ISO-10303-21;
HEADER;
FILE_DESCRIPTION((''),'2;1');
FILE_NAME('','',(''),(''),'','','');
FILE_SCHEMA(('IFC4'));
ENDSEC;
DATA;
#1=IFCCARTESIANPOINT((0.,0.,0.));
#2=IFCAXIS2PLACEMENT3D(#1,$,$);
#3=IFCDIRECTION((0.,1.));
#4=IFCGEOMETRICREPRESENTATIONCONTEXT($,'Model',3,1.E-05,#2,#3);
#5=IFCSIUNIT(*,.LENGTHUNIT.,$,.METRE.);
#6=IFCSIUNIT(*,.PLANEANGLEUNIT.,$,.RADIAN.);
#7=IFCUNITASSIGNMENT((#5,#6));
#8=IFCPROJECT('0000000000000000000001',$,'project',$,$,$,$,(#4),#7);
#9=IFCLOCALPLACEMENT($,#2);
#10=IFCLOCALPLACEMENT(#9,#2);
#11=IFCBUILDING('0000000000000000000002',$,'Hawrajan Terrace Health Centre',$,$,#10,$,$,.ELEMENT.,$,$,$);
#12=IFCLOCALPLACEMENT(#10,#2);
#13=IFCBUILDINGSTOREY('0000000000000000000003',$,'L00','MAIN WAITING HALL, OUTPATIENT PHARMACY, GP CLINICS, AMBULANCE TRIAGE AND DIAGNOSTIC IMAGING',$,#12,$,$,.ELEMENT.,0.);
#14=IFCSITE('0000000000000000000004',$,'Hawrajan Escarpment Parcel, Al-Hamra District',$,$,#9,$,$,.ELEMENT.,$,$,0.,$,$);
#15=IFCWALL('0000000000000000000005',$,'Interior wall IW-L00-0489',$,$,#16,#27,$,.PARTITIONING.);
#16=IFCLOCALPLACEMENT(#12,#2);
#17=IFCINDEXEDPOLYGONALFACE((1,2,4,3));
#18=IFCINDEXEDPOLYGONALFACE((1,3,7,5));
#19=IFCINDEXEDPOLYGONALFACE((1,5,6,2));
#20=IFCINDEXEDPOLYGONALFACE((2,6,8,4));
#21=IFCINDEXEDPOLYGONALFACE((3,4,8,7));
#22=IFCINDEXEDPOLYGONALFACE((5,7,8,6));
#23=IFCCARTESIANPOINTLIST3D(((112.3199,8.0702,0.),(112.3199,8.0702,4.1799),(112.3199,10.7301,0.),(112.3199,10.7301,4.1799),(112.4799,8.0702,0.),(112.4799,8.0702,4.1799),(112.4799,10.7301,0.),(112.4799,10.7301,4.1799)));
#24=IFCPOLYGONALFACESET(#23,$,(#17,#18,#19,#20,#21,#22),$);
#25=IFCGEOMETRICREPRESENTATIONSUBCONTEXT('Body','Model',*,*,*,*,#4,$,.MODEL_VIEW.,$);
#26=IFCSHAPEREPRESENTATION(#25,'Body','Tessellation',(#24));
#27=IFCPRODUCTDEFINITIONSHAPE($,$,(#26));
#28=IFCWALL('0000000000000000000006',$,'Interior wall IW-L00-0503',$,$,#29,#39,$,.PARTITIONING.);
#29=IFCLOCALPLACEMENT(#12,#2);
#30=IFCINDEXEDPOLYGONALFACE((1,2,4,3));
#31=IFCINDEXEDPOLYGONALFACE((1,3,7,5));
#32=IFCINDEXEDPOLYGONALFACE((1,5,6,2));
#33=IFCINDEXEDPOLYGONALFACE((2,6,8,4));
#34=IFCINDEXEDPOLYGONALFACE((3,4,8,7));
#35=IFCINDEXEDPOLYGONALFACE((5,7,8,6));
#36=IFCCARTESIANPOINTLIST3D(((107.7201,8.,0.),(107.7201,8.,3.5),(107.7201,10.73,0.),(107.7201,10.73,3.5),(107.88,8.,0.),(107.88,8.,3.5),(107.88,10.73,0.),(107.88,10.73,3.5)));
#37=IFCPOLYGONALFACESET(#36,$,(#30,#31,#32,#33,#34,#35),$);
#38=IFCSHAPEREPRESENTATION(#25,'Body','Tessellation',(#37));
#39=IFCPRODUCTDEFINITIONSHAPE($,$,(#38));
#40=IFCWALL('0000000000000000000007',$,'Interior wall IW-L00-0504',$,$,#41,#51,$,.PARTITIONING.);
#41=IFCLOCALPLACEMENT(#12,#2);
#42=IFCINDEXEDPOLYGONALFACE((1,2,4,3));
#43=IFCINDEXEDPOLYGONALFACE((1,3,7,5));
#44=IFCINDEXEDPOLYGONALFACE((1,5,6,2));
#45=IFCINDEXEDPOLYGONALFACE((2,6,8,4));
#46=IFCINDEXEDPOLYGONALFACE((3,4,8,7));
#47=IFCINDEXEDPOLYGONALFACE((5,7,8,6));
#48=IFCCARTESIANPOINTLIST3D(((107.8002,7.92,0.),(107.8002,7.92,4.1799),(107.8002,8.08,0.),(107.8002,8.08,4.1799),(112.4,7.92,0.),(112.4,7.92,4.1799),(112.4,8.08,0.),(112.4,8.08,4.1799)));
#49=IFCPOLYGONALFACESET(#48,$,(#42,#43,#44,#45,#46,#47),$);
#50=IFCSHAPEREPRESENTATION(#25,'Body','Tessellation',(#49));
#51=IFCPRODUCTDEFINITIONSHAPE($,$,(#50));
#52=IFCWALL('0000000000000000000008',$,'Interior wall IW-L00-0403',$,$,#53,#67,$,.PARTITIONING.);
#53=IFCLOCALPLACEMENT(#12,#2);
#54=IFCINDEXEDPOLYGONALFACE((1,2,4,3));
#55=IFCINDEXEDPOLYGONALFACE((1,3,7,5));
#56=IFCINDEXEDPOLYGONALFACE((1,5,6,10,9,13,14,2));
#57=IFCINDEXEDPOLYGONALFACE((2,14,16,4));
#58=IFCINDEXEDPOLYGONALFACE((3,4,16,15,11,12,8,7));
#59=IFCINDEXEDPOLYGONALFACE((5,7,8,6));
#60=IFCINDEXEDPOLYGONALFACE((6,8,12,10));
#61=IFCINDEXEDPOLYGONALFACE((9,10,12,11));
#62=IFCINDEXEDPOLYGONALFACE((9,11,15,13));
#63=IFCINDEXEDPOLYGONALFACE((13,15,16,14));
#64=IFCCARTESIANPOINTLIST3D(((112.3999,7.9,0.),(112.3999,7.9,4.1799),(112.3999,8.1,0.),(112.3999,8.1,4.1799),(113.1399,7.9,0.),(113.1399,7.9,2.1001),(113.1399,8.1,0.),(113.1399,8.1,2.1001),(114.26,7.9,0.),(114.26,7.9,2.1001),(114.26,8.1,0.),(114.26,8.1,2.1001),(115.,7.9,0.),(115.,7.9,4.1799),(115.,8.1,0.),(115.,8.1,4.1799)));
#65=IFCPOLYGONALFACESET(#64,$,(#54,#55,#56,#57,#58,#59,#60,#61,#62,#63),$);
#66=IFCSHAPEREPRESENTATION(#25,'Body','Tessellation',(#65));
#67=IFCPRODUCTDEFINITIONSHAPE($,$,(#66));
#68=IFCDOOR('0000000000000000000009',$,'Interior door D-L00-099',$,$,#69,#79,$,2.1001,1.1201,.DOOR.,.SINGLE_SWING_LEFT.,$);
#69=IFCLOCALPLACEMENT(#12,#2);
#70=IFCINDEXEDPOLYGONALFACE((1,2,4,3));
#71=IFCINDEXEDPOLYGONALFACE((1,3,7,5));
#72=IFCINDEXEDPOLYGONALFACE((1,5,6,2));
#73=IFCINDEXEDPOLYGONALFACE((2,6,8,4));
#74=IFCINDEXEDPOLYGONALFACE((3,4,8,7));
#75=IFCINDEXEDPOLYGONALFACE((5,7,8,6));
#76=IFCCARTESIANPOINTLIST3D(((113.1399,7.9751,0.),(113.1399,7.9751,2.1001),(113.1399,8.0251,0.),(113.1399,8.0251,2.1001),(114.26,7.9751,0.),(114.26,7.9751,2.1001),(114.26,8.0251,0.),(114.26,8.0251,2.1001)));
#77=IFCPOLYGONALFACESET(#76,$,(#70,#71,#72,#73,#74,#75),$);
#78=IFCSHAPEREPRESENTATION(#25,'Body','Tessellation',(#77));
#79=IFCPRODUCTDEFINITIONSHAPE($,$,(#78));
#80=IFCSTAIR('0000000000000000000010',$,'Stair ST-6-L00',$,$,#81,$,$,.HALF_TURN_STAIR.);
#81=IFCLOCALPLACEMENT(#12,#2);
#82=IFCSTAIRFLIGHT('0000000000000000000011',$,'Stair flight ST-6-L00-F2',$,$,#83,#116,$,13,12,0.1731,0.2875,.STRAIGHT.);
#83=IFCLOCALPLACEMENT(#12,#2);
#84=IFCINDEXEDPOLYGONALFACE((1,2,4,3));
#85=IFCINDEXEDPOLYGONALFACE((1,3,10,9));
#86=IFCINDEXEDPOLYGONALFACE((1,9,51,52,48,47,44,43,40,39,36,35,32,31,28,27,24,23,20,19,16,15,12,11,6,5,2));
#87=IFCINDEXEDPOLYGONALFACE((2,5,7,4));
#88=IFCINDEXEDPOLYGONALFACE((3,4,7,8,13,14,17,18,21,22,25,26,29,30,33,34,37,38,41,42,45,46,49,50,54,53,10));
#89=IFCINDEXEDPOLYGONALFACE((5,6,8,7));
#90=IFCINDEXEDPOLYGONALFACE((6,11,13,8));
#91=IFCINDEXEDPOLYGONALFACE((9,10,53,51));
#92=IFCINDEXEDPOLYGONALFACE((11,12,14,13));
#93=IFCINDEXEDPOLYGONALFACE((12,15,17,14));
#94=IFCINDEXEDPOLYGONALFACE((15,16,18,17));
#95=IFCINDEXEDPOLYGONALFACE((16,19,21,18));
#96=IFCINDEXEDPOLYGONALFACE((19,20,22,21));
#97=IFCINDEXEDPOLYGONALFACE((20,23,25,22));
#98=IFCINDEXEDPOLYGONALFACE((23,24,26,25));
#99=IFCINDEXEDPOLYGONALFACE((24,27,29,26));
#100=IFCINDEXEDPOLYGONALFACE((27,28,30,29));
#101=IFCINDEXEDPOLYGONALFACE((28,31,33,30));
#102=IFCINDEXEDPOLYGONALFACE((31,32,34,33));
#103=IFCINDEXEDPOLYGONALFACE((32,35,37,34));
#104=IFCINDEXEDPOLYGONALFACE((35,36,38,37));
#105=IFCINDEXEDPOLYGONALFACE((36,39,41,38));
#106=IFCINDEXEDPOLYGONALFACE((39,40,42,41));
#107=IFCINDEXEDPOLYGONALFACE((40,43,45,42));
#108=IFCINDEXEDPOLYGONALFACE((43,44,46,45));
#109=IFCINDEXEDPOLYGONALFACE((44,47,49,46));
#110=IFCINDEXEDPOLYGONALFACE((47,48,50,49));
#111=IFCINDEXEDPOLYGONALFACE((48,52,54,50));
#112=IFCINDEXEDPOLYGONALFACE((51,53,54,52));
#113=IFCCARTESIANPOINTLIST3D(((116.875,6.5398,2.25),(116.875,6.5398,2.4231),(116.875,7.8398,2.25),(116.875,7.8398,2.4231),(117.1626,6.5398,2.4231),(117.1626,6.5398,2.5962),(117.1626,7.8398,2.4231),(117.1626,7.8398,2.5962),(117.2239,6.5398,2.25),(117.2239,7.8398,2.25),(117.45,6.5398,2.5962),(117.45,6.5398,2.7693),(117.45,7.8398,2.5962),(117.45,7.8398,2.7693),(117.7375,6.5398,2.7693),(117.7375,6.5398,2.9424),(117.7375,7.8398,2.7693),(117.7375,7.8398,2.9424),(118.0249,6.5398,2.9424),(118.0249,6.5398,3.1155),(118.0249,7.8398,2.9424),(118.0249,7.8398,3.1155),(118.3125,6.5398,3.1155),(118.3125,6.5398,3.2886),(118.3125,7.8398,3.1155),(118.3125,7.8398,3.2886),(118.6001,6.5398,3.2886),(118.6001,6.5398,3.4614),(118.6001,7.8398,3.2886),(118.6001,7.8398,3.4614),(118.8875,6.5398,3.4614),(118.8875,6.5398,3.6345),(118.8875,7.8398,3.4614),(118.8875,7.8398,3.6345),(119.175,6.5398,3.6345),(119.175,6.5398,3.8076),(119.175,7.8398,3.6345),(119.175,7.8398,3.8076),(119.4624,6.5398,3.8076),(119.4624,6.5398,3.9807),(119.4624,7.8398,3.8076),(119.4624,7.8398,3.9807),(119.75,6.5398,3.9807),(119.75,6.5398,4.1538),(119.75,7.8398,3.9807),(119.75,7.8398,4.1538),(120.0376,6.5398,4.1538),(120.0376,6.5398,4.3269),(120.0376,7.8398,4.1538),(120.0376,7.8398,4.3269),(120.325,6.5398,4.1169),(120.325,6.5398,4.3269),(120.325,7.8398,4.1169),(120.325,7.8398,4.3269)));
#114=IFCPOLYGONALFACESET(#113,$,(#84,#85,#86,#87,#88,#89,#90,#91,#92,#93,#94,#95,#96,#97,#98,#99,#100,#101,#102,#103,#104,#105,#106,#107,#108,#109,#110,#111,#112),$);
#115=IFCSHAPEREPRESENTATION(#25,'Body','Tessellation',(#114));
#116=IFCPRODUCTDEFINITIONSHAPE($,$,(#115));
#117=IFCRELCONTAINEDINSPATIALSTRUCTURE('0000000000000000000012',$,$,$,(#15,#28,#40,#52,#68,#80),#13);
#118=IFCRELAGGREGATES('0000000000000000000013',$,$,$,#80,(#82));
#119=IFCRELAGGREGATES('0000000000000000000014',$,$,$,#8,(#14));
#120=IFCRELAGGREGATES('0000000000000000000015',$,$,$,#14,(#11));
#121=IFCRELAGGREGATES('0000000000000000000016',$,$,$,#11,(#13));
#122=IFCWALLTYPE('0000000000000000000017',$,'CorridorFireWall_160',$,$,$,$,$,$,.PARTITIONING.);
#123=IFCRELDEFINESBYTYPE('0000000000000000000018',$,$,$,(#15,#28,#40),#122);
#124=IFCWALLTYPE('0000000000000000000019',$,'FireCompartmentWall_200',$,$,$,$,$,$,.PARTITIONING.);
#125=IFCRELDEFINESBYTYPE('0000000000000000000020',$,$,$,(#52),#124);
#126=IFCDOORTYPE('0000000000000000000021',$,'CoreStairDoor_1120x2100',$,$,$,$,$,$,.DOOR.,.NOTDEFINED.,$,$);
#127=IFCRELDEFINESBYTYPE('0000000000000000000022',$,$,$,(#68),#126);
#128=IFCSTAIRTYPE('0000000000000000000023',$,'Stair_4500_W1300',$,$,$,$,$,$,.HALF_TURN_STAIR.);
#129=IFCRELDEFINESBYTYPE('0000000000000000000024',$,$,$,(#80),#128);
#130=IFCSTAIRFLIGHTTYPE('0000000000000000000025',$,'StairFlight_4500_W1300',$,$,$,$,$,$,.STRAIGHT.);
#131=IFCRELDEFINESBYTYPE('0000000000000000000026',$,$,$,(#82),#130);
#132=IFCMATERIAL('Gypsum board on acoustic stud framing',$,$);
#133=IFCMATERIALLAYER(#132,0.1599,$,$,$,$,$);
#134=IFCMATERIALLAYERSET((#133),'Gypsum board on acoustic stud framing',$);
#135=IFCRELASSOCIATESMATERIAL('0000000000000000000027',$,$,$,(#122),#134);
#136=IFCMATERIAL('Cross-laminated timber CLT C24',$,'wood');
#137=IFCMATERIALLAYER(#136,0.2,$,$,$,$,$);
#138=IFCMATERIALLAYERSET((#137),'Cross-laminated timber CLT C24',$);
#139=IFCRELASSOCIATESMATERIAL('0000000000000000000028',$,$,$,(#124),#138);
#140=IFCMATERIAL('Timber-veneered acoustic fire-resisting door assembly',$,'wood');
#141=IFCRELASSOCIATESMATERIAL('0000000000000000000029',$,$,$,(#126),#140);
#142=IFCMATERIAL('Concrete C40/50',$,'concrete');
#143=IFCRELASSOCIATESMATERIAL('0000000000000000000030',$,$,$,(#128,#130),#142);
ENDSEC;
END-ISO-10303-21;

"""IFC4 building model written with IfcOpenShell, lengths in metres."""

from ifc_helpers import new_model, si_unit, direction, frame, frame_2d, origin, place, context, subcontext, project, spatial, polyline, rectangle, outline, extrude, material, layer, layer_set, type_object, element, fill, aggregate, save


model = new_model("IFC4")

# Units and contexts
model_context = context("Model", 3, precision=1e-05, world=origin(), true_north=direction((0.0, 1.0)))
body_context = subcontext(model_context, "Body", "Model", "MODEL_VIEW")
ifc_project = project(units=[si_unit("LENGTHUNIT", "METRE"), si_unit("PLANEANGLEUNIT", "RADIAN")], contexts=[model_context])

# Site, building, storey
site_placement = place(None, origin())
site = spatial("IfcSite", under=ifc_project, at=site_placement, Name="Hawrajan Escarpment Parcel, Al-Hamra District", CompositionType="ELEMENT", RefElevation=0.0)
building_placement = place(site_placement, origin())
building = spatial("IfcBuilding", under=site, at=building_placement, Name="Hawrajan Terrace Health Centre", CompositionType="ELEMENT")
storey_placement = place(building_placement, origin())
storey = spatial("IfcBuildingStorey", under=building, at=storey_placement, Name="L00", Description="MAIN WAITING HALL, OUTPATIENT PHARMACY, GP CLINICS, AMBULANCE TRIAGE AND DIAGNOSTIC IMAGING", CompositionType="ELEMENT", Elevation=0.0)

# Shared definitions
ifc_material_1 = material(Name="Concrete C40/50", Category="concrete")

# Shared definitions
ifc_material_2 = material(Name="Gypsum board on acoustic stud framing")

# Walls
ifc_layer_1 = layer(ifc_material_2, 0.1599)
ifc_layer_set_1 = layer_set([ifc_layer_1], Name="Gypsum board on acoustic stud framing")
wall_type_1 = type_object("IfcWallType", Name="CorridorFireWall_160", PredefinedType="PARTITIONING", material=ifc_layer_set_1)
wall_1_placement = place(storey_placement, frame((112.3999, 8.0701, 0.0), z_axis=(0.0, 0.0, 1.0), x_axis=(0.0, 1.0, 0.0)))
element("IfcWall", 1, at=wall_1_placement, inside=storey, type_object=wall_type_1, Name="Interior wall IW-L00-0489", PredefinedType="PARTITIONING", context=body_context, shape_type="SweptSolid", body=[
    extrude(rectangle(XDim=2.6599, YDim=0.1599, at=frame_2d((1.3301, 0.0))), origin(), (0.0, 0.0, 1.0), 4.1799),
])
wall_2_placement = place(storey_placement, frame((107.8, 8.0, 0.0), z_axis=(0.0, 0.0, 1.0), x_axis=(0.0, 1.0, 0.0)))
element("IfcWall", 2, at=wall_2_placement, inside=storey, type_object=wall_type_1, Name="Interior wall IW-L00-0503", PredefinedType="PARTITIONING", context=body_context, shape_type="SweptSolid", body=[
    extrude(rectangle(XDim=2.73, YDim=0.1599, at=frame_2d((1.365, 0.0))), origin(), (0.0, 0.0, 1.0), 3.5),
])
wall_3_placement = place(storey_placement, frame((112.3999, 8.0, 0.0), z_axis=(0.0, 0.0, 1.0), x_axis=(-1.0, 0.0, 0.0)))
element("IfcWall", 3, at=wall_3_placement, inside=storey, type_object=wall_type_1, Name="Interior wall IW-L00-0504", PredefinedType="PARTITIONING", context=body_context, shape_type="SweptSolid", body=[
    extrude(rectangle(XDim=4.5999, YDim=0.1599, at=frame_2d((2.2998, 0.0))), origin(), (0.0, 0.0, 1.0), 4.1799),
])

# Wall, opening, door
ifc_material_3 = material(Name="Cross-laminated timber CLT C24", Category="wood")
ifc_layer_2 = layer(ifc_material_3, 0.2)
ifc_layer_set_2 = layer_set([ifc_layer_2], Name="Cross-laminated timber CLT C24")
wall_type_2 = type_object("IfcWallType", Name="FireCompartmentWall_200", PredefinedType="PARTITIONING", material=ifc_layer_set_2)
wall_4_placement = place(storey_placement, frame((112.3999, 8.0, 0.0), z_axis=(0.0, 0.0, 1.0), x_axis=(1.0, 0.0, 0.0)))
wall_4 = element("IfcWall", 4, at=wall_4_placement, inside=storey, type_object=wall_type_2, Name="Interior wall IW-L00-0403", PredefinedType="PARTITIONING", context=body_context, shape_type="SweptSolid", body=[
    extrude(rectangle(XDim=2.6001, YDim=0.2, at=frame_2d((1.3, 0.0))), origin(), (0.0, 0.0, 1.0), 4.1799),
])
opening_1_placement = place(wall_4_placement, frame((0.74, 0.0, 0.0)))
opening_1 = element("IfcOpeningElement", 5, at=opening_1_placement, cuts=wall_4, PredefinedType="OPENING", context=body_context, shape_type="SweptSolid", body=[
    extrude(rectangle(XDim=1.1201, YDim=2.1001, at=frame_2d((0.5601, 1.05))), frame((0.0, 0.1099, 0.0), z_axis=(0.0, -1.0, 0.0), x_axis=(1.0, 0.0, 0.0)), (0.0, 0.0, 1.0), 0.22),
])
ifc_material_4 = material(Name="Timber-veneered acoustic fire-resisting door assembly", Category="wood")
door_type_1 = type_object("IfcDoorType", Name="CoreStairDoor_1120x2100", OperationType="NOTDEFINED", PredefinedType="DOOR", material=ifc_material_4)
door_1_placement = place(opening_1_placement, frame((1.1201, 0.0, 0.0), z_axis=(0.0, 0.0, 1.0), x_axis=(-1.0, 0.0, 0.0)))
door_1 = element("IfcDoor", 6, at=door_1_placement, inside=storey, type_object=door_type_1, Name="Interior door D-L00-099", OperationType="SINGLE_SWING_LEFT", OverallHeight=2.1001, OverallWidth=1.1201, PredefinedType="DOOR", context=body_context, shape_type="SweptSolid", body=[
    extrude(rectangle(XDim=1.1201, YDim=2.1001, at=frame_2d((0.5601, 1.05))), frame((0.0, 0.0249, 0.0), z_axis=(0.0, -1.0, 0.0), x_axis=(1.0, 0.0, 0.0)), (0.0, 0.0, 1.0), 0.05),
])
fill(opening_1, door_1)

# Stair, stair flight
stair_type = type_object("IfcStairType", Name="Stair_4500_W1300", PredefinedType="HALF_TURN_STAIR", material=ifc_material_1)
stair_placement = place(storey_placement, origin())
stair = element("IfcStair", 7, at=stair_placement, inside=storey, type_object=stair_type, Name="Stair ST-6-L00", PredefinedType="HALF_TURN_STAIR")
stair_flight_type = type_object("IfcStairFlightType", Name="StairFlight_4500_W1300", PredefinedType="STRAIGHT", material=ifc_material_1)
stair_flight_placement = place(storey_placement, frame((116.875, 7.1899, 2.25), z_axis=(0.0, 0.0, 1.0), x_axis=(1.0, 0.0, 0.0)))
stair_flight = element("IfcStairFlight", 8, at=stair_flight_placement, type_object=stair_flight_type, Name="Stair flight ST-6-L00-F2", NumberOfRisers=13, NumberOfTreads=12, PredefinedType="STRAIGHT", RiserHeight=0.1731, TreadLength=0.2875, context=body_context, shape_type="SweptSolid", body=[
    extrude(outline(polyline([(0.0, 0.0), (0.0, 0.1731), (0.2876, 0.1731), (0.2876, 0.3462), (0.575, 0.3462), (0.575, 0.5193), (0.8625, 0.5193), (0.8625, 0.6924), (1.1499, 0.6924), (1.1499, 0.8655), (1.4375, 0.8655), (1.4375, 1.0386), (1.7251, 1.0386), (1.7251, 1.2114), (2.0125, 1.2114), (2.0125, 1.3845), (2.3, 1.3845), (2.3, 1.5576), (2.5874, 1.5576), (2.5874, 1.7307), (2.875, 1.7307), (2.875, 1.9038), (3.1626, 1.9038), (3.1626, 2.0769), (3.45, 2.0769), (3.45, 2.25), (3.45, 1.8669), (0.3489, 0.0), (0.0, 0.0)])), frame((0.0, 0.6499, 0.0), z_axis=(0.0, -1.0, 0.0), x_axis=(1.0, 0.0, 0.0)), (0.0, 0.0, 1.0), 1.3),
])
aggregate(stair, [stair_flight])

save(model, "model.ifc")
